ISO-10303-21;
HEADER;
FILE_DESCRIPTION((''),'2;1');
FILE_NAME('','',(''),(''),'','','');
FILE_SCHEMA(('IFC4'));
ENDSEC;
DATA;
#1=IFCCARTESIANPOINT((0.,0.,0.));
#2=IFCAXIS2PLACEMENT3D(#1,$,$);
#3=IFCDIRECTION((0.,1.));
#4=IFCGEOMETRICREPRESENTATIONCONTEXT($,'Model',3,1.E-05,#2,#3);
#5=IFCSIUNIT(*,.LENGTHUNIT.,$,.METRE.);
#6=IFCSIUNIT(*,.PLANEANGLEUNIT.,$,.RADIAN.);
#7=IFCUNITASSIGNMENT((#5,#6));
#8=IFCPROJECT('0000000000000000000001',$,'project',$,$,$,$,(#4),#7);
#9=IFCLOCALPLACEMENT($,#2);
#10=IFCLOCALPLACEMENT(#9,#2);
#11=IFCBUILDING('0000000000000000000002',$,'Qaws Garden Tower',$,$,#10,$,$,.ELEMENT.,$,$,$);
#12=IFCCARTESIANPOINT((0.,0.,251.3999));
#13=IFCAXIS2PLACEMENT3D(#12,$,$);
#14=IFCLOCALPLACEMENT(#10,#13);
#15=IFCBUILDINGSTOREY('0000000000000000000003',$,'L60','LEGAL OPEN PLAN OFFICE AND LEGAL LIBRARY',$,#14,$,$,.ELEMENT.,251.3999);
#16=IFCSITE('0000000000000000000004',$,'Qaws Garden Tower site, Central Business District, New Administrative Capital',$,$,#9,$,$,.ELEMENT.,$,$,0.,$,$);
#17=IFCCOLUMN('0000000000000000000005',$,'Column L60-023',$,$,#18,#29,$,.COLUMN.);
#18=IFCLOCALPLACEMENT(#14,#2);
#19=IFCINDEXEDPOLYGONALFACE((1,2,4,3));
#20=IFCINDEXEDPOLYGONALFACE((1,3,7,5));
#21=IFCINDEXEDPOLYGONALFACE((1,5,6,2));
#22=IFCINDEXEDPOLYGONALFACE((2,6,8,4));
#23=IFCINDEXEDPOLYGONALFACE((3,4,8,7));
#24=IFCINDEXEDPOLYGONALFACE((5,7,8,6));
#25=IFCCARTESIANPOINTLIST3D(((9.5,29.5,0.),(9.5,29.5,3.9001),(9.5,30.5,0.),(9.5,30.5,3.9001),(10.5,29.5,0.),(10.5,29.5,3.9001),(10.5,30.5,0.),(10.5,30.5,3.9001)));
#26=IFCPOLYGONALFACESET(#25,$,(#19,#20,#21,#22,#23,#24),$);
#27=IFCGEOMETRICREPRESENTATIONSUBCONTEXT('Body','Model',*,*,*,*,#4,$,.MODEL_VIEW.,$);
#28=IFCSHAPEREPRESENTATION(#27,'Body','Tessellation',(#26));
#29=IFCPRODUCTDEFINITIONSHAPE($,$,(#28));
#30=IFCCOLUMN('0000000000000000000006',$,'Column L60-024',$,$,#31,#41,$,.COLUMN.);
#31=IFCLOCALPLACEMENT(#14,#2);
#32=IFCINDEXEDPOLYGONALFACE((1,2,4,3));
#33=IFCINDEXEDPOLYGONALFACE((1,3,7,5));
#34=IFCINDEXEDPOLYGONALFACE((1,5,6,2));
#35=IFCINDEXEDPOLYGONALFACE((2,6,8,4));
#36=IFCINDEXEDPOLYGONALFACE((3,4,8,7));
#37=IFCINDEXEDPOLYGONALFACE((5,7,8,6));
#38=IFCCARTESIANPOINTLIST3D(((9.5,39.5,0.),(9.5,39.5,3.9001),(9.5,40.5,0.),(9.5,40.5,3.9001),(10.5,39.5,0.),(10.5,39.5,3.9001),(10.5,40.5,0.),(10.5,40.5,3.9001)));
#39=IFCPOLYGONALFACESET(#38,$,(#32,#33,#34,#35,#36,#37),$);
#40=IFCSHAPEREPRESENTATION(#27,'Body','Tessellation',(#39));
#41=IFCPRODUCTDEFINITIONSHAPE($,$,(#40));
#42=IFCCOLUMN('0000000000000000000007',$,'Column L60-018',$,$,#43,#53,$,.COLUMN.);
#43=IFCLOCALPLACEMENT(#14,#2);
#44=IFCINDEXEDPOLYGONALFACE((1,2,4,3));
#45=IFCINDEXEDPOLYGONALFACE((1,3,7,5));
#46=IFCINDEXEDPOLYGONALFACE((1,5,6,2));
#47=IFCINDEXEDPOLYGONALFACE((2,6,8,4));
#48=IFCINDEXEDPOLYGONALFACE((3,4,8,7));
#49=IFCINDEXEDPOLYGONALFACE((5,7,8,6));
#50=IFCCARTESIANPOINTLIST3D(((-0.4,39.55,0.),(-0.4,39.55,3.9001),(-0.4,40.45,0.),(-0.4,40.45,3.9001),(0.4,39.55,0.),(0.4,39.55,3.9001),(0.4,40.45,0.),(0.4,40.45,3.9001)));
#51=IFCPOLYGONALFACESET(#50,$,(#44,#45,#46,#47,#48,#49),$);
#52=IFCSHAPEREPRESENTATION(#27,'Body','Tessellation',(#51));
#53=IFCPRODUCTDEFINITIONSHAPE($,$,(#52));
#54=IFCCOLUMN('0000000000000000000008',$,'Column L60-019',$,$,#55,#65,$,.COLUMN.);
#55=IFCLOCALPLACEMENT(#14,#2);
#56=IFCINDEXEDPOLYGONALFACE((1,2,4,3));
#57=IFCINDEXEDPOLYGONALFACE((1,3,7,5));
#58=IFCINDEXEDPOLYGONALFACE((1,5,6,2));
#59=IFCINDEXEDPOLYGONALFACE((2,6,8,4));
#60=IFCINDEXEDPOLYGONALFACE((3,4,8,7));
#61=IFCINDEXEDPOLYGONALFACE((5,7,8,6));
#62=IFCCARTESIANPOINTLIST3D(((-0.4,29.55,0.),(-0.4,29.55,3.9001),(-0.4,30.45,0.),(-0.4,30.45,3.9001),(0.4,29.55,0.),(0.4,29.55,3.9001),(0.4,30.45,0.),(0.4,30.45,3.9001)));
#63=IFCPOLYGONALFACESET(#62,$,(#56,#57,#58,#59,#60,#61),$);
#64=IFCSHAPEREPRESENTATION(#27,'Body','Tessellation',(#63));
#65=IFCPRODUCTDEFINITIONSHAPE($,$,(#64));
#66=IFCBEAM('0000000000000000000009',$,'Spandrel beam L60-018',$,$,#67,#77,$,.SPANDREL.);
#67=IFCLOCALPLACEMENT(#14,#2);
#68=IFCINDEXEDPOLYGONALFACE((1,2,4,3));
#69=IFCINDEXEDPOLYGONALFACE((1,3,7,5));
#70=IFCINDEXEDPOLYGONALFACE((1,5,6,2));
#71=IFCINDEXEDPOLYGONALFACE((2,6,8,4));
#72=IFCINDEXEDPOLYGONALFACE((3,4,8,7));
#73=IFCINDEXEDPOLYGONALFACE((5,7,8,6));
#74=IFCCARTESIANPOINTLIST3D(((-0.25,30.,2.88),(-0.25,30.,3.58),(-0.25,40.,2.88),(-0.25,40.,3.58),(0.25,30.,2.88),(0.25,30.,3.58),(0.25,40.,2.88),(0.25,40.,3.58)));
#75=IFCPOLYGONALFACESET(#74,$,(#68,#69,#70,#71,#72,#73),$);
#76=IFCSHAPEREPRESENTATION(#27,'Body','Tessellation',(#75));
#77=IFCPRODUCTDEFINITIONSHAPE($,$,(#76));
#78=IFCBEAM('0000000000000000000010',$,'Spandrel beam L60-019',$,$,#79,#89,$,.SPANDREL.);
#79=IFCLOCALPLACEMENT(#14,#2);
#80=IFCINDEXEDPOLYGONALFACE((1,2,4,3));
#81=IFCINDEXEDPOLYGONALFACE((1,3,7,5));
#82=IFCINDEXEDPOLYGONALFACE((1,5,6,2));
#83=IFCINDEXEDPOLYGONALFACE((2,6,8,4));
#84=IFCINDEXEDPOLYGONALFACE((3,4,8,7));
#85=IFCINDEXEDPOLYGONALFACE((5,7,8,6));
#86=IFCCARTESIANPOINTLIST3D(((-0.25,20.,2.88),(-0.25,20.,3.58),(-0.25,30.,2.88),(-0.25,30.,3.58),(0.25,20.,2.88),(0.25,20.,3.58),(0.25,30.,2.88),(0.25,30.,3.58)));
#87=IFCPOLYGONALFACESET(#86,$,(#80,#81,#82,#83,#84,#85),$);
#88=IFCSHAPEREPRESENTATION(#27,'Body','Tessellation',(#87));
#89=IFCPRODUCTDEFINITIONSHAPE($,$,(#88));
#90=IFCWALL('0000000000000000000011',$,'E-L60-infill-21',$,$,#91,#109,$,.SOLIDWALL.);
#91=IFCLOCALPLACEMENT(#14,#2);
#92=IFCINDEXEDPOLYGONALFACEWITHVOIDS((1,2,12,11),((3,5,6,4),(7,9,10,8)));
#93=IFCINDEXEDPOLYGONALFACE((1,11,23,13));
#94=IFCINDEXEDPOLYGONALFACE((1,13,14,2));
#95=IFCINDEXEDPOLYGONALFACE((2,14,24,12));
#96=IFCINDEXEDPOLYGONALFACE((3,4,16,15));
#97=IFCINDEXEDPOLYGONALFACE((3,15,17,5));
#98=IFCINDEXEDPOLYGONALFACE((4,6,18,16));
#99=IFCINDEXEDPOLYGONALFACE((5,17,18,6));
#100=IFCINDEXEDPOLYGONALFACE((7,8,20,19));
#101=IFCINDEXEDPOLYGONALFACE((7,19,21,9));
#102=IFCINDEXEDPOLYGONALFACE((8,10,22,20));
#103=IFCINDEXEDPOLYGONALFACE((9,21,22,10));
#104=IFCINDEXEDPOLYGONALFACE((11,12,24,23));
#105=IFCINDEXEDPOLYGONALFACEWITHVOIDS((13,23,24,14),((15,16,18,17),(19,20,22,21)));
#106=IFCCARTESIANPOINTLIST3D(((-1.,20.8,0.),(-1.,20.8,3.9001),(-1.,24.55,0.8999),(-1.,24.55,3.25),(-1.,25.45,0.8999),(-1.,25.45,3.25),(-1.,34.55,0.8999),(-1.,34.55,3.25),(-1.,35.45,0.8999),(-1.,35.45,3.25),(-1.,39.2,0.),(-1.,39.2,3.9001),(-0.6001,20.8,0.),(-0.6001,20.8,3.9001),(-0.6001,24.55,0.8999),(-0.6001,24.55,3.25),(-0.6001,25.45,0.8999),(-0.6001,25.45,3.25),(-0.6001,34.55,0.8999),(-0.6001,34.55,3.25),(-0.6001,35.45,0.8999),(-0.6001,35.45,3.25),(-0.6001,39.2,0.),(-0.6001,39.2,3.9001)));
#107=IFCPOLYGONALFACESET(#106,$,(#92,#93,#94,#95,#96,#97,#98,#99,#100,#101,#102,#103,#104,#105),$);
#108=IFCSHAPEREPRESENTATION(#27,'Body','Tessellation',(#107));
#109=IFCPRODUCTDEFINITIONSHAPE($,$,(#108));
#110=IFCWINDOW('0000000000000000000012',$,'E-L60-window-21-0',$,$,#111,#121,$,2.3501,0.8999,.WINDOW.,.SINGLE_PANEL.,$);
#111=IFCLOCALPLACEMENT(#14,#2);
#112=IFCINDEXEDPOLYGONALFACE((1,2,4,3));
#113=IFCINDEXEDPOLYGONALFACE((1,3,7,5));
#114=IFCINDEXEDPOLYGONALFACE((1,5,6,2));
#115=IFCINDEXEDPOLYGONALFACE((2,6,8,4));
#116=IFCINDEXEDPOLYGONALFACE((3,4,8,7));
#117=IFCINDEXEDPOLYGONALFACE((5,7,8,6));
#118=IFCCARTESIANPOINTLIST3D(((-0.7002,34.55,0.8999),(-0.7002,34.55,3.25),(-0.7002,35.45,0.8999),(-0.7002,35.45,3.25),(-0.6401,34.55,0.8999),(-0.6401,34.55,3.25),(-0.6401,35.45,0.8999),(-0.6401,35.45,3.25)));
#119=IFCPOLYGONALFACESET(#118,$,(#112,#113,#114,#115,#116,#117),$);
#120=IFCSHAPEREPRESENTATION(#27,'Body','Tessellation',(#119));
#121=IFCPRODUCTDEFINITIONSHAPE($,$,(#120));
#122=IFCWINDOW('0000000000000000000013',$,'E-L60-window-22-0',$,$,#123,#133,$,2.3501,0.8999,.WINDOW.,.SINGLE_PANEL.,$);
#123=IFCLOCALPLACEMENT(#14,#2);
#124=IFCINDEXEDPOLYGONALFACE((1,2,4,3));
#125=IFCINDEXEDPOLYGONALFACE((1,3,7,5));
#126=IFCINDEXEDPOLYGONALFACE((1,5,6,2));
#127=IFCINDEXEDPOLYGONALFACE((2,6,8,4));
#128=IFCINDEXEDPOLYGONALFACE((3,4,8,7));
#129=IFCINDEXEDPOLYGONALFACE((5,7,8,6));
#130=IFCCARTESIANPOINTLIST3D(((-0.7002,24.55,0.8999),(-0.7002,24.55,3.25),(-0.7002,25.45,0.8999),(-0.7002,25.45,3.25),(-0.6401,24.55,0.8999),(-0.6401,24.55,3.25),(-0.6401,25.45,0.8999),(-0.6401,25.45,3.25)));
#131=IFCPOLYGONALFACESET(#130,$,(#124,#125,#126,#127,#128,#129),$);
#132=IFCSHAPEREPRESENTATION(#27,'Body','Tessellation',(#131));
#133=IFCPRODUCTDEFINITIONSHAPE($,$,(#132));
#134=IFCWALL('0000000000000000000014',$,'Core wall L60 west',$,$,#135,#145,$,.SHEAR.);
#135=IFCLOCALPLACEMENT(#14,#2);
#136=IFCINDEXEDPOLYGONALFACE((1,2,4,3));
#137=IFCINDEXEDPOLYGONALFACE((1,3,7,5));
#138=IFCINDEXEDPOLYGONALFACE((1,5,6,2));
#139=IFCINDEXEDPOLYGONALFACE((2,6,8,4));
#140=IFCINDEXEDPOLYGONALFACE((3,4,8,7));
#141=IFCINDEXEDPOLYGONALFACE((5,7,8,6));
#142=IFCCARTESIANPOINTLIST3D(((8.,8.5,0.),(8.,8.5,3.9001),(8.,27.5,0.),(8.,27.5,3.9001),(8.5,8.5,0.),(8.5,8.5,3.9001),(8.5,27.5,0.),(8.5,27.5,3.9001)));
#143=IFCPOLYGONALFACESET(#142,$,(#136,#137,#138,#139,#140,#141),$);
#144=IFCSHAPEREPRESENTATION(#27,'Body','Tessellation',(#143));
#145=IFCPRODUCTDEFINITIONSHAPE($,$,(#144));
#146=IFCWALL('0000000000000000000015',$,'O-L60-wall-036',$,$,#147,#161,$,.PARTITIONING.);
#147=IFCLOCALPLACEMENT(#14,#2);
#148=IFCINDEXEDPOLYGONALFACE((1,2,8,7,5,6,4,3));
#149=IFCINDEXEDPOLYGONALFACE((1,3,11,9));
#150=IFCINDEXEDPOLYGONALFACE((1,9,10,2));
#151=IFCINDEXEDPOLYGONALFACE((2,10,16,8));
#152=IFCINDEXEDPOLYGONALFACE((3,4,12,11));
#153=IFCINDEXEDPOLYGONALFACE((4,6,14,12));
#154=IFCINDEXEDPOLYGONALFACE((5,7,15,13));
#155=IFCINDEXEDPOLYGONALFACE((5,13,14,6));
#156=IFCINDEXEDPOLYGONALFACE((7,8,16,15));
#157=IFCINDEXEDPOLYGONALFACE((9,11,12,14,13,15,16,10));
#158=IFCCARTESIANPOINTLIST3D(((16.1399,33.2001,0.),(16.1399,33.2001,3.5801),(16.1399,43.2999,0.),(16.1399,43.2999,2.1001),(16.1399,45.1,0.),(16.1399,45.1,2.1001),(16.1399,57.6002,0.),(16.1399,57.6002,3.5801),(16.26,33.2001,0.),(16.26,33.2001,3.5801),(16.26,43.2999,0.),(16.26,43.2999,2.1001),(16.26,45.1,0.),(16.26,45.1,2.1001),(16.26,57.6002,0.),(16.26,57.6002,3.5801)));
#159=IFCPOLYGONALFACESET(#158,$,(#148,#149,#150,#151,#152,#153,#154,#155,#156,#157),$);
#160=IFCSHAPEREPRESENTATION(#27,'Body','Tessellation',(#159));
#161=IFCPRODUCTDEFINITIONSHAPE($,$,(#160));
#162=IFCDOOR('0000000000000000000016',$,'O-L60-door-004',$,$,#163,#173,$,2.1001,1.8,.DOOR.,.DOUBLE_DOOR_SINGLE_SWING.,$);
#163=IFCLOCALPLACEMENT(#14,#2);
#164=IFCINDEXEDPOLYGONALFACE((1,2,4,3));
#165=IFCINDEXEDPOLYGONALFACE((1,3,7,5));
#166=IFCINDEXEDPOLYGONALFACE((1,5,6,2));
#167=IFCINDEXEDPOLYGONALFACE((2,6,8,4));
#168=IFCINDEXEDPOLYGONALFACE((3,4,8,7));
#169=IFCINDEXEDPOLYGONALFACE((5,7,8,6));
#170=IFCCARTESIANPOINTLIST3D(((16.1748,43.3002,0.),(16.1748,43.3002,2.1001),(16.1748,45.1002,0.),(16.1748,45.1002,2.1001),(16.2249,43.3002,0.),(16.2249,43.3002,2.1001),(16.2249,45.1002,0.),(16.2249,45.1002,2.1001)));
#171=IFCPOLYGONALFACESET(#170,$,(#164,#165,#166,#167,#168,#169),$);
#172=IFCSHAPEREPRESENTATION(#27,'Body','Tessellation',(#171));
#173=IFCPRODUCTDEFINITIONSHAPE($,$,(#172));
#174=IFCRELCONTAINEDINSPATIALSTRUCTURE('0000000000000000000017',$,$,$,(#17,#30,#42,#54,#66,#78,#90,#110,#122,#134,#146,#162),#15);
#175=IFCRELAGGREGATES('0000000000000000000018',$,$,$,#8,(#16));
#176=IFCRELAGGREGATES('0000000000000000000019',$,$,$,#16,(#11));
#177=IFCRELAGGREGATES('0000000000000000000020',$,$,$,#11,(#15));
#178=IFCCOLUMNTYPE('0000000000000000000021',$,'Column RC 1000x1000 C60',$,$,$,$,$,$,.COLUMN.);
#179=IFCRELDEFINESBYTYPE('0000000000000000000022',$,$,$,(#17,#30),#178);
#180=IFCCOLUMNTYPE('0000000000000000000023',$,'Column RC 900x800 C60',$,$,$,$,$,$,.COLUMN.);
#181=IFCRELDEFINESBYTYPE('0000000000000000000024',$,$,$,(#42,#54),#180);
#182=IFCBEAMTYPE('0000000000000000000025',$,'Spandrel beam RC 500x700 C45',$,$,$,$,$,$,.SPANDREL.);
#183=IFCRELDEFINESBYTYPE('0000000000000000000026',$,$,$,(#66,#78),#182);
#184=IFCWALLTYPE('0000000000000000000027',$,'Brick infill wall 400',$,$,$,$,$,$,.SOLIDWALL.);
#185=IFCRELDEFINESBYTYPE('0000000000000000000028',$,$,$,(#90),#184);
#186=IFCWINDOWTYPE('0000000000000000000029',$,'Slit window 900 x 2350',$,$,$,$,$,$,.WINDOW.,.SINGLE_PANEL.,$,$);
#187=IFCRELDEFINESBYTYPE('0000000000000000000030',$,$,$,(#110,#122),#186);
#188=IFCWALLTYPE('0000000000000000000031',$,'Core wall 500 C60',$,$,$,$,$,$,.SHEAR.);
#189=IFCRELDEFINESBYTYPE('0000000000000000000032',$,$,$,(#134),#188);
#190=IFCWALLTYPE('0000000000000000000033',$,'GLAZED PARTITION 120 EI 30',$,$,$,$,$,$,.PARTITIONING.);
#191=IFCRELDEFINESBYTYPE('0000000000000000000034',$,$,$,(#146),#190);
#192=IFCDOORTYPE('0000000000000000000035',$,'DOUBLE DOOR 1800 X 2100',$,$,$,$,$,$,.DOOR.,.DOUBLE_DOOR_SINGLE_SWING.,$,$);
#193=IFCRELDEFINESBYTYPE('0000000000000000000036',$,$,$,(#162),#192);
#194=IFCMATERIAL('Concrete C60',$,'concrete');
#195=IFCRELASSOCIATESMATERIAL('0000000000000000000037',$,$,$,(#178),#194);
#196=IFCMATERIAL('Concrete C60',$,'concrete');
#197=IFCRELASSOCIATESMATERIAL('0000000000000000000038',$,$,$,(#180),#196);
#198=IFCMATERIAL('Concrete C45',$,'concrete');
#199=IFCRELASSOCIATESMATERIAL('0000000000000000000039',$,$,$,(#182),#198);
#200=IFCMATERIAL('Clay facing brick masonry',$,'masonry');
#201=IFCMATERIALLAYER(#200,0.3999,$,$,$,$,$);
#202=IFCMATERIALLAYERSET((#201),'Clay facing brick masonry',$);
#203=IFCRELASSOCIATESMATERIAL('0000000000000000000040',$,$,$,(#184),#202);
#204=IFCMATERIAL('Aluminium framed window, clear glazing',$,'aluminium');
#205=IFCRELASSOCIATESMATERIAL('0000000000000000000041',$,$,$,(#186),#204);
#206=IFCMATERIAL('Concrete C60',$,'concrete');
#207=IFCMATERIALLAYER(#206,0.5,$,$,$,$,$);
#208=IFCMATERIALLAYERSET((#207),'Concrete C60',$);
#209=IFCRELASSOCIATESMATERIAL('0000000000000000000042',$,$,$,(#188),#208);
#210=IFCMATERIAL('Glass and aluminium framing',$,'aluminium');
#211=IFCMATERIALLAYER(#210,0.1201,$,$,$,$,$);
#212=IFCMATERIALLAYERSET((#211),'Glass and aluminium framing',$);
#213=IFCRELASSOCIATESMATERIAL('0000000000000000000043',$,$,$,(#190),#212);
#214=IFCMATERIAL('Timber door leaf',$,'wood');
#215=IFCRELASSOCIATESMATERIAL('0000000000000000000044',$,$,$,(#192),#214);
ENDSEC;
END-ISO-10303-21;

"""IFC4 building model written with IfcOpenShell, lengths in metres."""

from ifc_helpers import new_model, si_unit, direction, frame, frame_2d, origin, origin_2d, place, context, subcontext, project, spatial, rectangle, extrude, material, layer, layer_set, material_profile, profile_set, type_object, element, fill, save


model = new_model("IFC4")

# Units and contexts
model_context = context("Model", 3, precision=1e-05, world=origin(), true_north=direction((0.0, 1.0)))
body_context = subcontext(model_context, "Body", "Model", "MODEL_VIEW")
ifc_project = project(units=[si_unit("LENGTHUNIT", "METRE"), si_unit("PLANEANGLEUNIT", "RADIAN")], contexts=[model_context])

# Site, building, storey
site_placement = place(None, origin())
site = spatial("IfcSite", under=ifc_project, at=site_placement, Name="Qaws Garden Tower site, Central Business District, New Administrative Capital", CompositionType="ELEMENT", RefElevation=0.0)
building_placement = place(site_placement, origin())
building = spatial("IfcBuilding", under=site, at=building_placement, Name="Qaws Garden Tower", CompositionType="ELEMENT")
storey_placement = place(building_placement, frame((0.0, 0.0, 251.3999)))
storey = spatial("IfcBuildingStorey", under=building, at=storey_placement, Name="L60", Description="LEGAL OPEN PLAN OFFICE AND LEGAL LIBRARY", CompositionType="ELEMENT", Elevation=251.3999)

# Columns
ifc_material_1 = material(Name="Concrete C60", Category="concrete")
ifc_material_profile_1 = material_profile(ifc_material_1, rectangle(XDim=1.0, YDim=1.0, at=origin_2d()), Name="RC 1000x1000")
ifc_profile_set_1 = profile_set([ifc_material_profile_1], Name="Concrete C60")
column_type_1 = type_object("IfcColumnType", Name="Column RC 1000x1000 C60", PredefinedType="COLUMN", material=ifc_profile_set_1)
for number, where, z_axis, x_axis, name in (
    (1, (10.0, 30.0, 0.0), (0.0, 0.0, 1.0), (1.0, 0.0, 0.0), "Column L60-023"),
    (2, (10.0, 40.0, 0.0), (0.0, 0.0, 1.0), (1.0, 0.0, 0.0), "Column L60-024"),
):
    element("IfcColumn", number, at=place(storey_placement, frame(where, z_axis=z_axis, x_axis=x_axis)), inside=storey, type_object=column_type_1, Name=name, PredefinedType="COLUMN", context=body_context, shape_type="SweptSolid", body=[
        extrude(rectangle(XDim=1.0, YDim=1.0, at=origin_2d()), origin(), (0.0, 0.0, 1.0), 3.9001),
    ])
ifc_material_2 = material(Name="Concrete C60", Category="concrete")
ifc_material_profile_2 = material_profile(ifc_material_2, rectangle(XDim=0.8999, YDim=0.8, at=origin_2d()), Name="RC 900x800")
ifc_profile_set_2 = profile_set([ifc_material_profile_2], Name="Concrete C60")
column_type_2 = type_object("IfcColumnType", Name="Column RC 900x800 C60", PredefinedType="COLUMN", material=ifc_profile_set_2)
for number, where, z_axis, x_axis, name in (
    (3, (0.0, 40.0, 0.0), (0.0, 0.0, 1.0), (0.0, 1.0, 0.0), "Column L60-018"),
    (4, (0.0, 30.0, 0.0), (0.0, 0.0, 1.0), (0.0, 1.0, 0.0), "Column L60-019"),
):
    element("IfcColumn", number, at=place(storey_placement, frame(where, z_axis=z_axis, x_axis=x_axis)), inside=storey, type_object=column_type_2, Name=name, PredefinedType="COLUMN", context=body_context, shape_type="SweptSolid", body=[
        extrude(rectangle(XDim=0.8999, YDim=0.8, at=origin_2d()), origin(), (0.0, 0.0, 1.0), 3.9001),
    ])

# Beams
ifc_material_3 = material(Name="Concrete C45", Category="concrete")
ifc_material_profile_3 = material_profile(ifc_material_3, rectangle(XDim=0.5, YDim=0.7, at=origin_2d()), Name="RC 500x700")
ifc_profile_set_3 = profile_set([ifc_material_profile_3], Name="Concrete C45")
beam_type = type_object("IfcBeamType", Name="Spandrel beam RC 500x700 C45", PredefinedType="SPANDREL", material=ifc_profile_set_3)
for number, where, z_axis, x_axis, name in (
    (5, (0.0, 40.0, 3.23), (0.0, -1.0, 0.0), (1.0, 0.0, 0.0), "Spandrel beam L60-018"),
    (6, (0.0, 30.0, 3.23), (0.0, -1.0, 0.0), (1.0, 0.0, 0.0), "Spandrel beam L60-019"),
):
    element("IfcBeam", number, at=place(storey_placement, frame(where, z_axis=z_axis, x_axis=x_axis)), inside=storey, type_object=beam_type, Name=name, PredefinedType="SPANDREL", context=body_context, shape_type="SweptSolid", body=[
        extrude(rectangle(XDim=0.5, YDim=0.7, at=origin_2d()), origin(), (0.0, 0.0, 1.0), 10.0),
    ])

# Wall, openings, windows
ifc_material_4 = material(Name="Clay facing brick masonry", Category="masonry")
ifc_layer_1 = layer(ifc_material_4, 0.3999)
ifc_layer_set_1 = layer_set([ifc_layer_1], Name="Clay facing brick masonry")
wall_type_1 = type_object("IfcWallType", Name="Brick infill wall 400", PredefinedType="SOLIDWALL", material=ifc_layer_set_1)
wall_1_placement = place(storey_placement, frame((-0.8, 39.2, 0.0), z_axis=(0.0, 0.0, 1.0), x_axis=(0.0, -1.0, 0.0)))
wall_1 = element("IfcWall", 7, at=wall_1_placement, inside=storey, type_object=wall_type_1, Name="E-L60-infill-21", PredefinedType="SOLIDWALL", context=body_context, shape_type="SweptSolid", body=[
    extrude(rectangle(XDim=18.3999, YDim=0.3999, at=frame_2d((9.2, 0.0))), origin(), (0.0, 0.0, 1.0), 3.9001),
])
opening_1_placement = place(wall_1_placement, frame((3.75, 0.0, 0.8999)))
opening_1 = element("IfcOpeningElement", 8, at=opening_1_placement, cuts=wall_1, PredefinedType="OPENING", context=body_context, shape_type="SweptSolid", body=[
    extrude(rectangle(XDim=0.8999, YDim=2.3501, at=frame_2d((0.45, 1.175))), frame((0.0, 0.21, 0.0), z_axis=(0.0, -1.0, 0.0), x_axis=(1.0, 0.0, 0.0)), (0.0, 0.0, 1.0), 0.4199),
])
opening_2_placement = place(wall_1_placement, frame((13.75, 0.0, 0.8999)))
opening_2 = element("IfcOpeningElement", 9, at=opening_2_placement, cuts=wall_1, PredefinedType="OPENING", context=body_context, shape_type="SweptSolid", body=[
    extrude(rectangle(XDim=0.8999, YDim=2.3501, at=frame_2d((0.45, 1.175))), frame((0.0, 0.21, 0.0), z_axis=(0.0, -1.0, 0.0), x_axis=(1.0, 0.0, 0.0)), (0.0, 0.0, 1.0), 0.4199),
])
ifc_material_5 = material(Name="Aluminium framed window, clear glazing", Category="aluminium")
window_type = type_object("IfcWindowType", Name="Slit window 900 x 2350", PartitioningType="SINGLE_PANEL", PredefinedType="WINDOW", material=ifc_material_5)
window_1_placement = place(opening_1_placement, origin())
window_1 = element("IfcWindow", 10, at=window_1_placement, inside=storey, type_object=window_type, Name="E-L60-window-21-0", OverallHeight=2.3501, OverallWidth=0.8999, PartitioningType="SINGLE_PANEL", PredefinedType="WINDOW", context=body_context, shape_type="SweptSolid", body=[
    extrude(rectangle(XDim=0.8999, YDim=2.3501, at=frame_2d((0.45, 1.175))), frame((0.0, 0.1599, 0.0), z_axis=(0.0, -1.0, 0.0), x_axis=(1.0, 0.0, 0.0)), (0.0, 0.0, 1.0), 0.0601),
])
fill(opening_1, window_1)
window_2_placement = place(opening_2_placement, origin())
window_2 = element("IfcWindow", 11, at=window_2_placement, inside=storey, type_object=window_type, Name="E-L60-window-22-0", OverallHeight=2.3501, OverallWidth=0.8999, PartitioningType="SINGLE_PANEL", PredefinedType="WINDOW", context=body_context, shape_type="SweptSolid", body=[
    extrude(rectangle(XDim=0.8999, YDim=2.3501, at=frame_2d((0.45, 1.175))), frame((0.0, 0.1599, 0.0), z_axis=(0.0, -1.0, 0.0), x_axis=(1.0, 0.0, 0.0)), (0.0, 0.0, 1.0), 0.0601),
])
fill(opening_2, window_2)

# Wall
ifc_material_6 = material(Name="Concrete C60", Category="concrete")
ifc_layer_2 = layer(ifc_material_6, 0.5)
ifc_layer_set_2 = layer_set([ifc_layer_2], Name="Concrete C60")
wall_type_2 = type_object("IfcWallType", Name="Core wall 500 C60", PredefinedType="SHEAR", material=ifc_layer_set_2)
wall_2_placement = place(storey_placement, frame((8.25, 27.5, 0.0), z_axis=(0.0, 0.0, 1.0), x_axis=(0.0, -1.0, 0.0)))
element("IfcWall", 12, at=wall_2_placement, inside=storey, type_object=wall_type_2, Name="Core wall L60 west", PredefinedType="SHEAR", context=body_context, shape_type="SweptSolid", body=[
    extrude(rectangle(XDim=19.0, YDim=0.5, at=frame_2d((9.5, 0.0))), origin(), (0.0, 0.0, 1.0), 3.9001),
])

# Wall, opening, door
ifc_material_7 = material(Name="Glass and aluminium framing", Category="aluminium")
ifc_layer_3 = layer(ifc_material_7, 0.1201)
ifc_layer_set_3 = layer_set([ifc_layer_3], Name="Glass and aluminium framing")
wall_type_3 = type_object("IfcWallType", Name="GLAZED PARTITION 120 EI 30", PredefinedType="PARTITIONING", material=ifc_layer_set_3)
wall_3_placement = place(storey_placement, frame((16.2, 33.2, 0.0), z_axis=(0.0, 0.0, 1.0), x_axis=(0.0, 1.0, 0.0)))
wall_3 = element("IfcWall", 13, at=wall_3_placement, inside=storey, type_object=wall_type_3, Name="O-L60-wall-036", PredefinedType="PARTITIONING", context=body_context, shape_type="SweptSolid", body=[
    extrude(rectangle(XDim=24.4001, YDim=0.1201, at=frame_2d((12.2002, 0.0))), origin(), (0.0, 0.0, 1.0), 3.5801),
])
opening_3_placement = place(wall_3_placement, frame((10.1001, 0.0, 0.0)))
opening_3 = element("IfcOpeningElement", 14, at=opening_3_placement, cuts=wall_3, PredefinedType="OPENING", context=body_context, shape_type="SweptSolid", body=[
    extrude(rectangle(XDim=1.8, YDim=2.1001, at=frame_2d((0.8999, 1.05))), frame((0.0, 0.0701, 0.0), z_axis=(0.0, -1.0, 0.0), x_axis=(1.0, 0.0, 0.0)), (0.0, 0.0, 1.0), 0.1401),
])
ifc_material_8 = material(Name="Timber door leaf", Category="wood")
door_type_1 = type_object("IfcDoorType", Name="DOUBLE DOOR 1800 X 2100", OperationType="DOUBLE_DOOR_SINGLE_SWING", PredefinedType="DOOR", material=ifc_material_8)
door_1_placement = place(opening_3_placement, frame((1.8, 0.0, 0.0), z_axis=(0.0, 0.0, 1.0), x_axis=(-1.0, 0.0, 0.0)))
door_1 = element("IfcDoor", 15, at=door_1_placement, inside=storey, type_object=door_type_1, Name="O-L60-door-004", OperationType="DOUBLE_DOOR_SINGLE_SWING", OverallHeight=2.1001, OverallWidth=1.8, PredefinedType="DOOR", context=body_context, shape_type="SweptSolid", body=[
    extrude(rectangle(XDim=1.8, YDim=2.1001, at=frame_2d((0.8999, 1.05))), frame((0.0, 0.0249, 0.0), z_axis=(0.0, -1.0, 0.0), x_axis=(1.0, 0.0, 0.0)), (0.0, 0.0, 1.0), 0.05),
])
fill(opening_3, door_1)

save(model, "model.ifc")
